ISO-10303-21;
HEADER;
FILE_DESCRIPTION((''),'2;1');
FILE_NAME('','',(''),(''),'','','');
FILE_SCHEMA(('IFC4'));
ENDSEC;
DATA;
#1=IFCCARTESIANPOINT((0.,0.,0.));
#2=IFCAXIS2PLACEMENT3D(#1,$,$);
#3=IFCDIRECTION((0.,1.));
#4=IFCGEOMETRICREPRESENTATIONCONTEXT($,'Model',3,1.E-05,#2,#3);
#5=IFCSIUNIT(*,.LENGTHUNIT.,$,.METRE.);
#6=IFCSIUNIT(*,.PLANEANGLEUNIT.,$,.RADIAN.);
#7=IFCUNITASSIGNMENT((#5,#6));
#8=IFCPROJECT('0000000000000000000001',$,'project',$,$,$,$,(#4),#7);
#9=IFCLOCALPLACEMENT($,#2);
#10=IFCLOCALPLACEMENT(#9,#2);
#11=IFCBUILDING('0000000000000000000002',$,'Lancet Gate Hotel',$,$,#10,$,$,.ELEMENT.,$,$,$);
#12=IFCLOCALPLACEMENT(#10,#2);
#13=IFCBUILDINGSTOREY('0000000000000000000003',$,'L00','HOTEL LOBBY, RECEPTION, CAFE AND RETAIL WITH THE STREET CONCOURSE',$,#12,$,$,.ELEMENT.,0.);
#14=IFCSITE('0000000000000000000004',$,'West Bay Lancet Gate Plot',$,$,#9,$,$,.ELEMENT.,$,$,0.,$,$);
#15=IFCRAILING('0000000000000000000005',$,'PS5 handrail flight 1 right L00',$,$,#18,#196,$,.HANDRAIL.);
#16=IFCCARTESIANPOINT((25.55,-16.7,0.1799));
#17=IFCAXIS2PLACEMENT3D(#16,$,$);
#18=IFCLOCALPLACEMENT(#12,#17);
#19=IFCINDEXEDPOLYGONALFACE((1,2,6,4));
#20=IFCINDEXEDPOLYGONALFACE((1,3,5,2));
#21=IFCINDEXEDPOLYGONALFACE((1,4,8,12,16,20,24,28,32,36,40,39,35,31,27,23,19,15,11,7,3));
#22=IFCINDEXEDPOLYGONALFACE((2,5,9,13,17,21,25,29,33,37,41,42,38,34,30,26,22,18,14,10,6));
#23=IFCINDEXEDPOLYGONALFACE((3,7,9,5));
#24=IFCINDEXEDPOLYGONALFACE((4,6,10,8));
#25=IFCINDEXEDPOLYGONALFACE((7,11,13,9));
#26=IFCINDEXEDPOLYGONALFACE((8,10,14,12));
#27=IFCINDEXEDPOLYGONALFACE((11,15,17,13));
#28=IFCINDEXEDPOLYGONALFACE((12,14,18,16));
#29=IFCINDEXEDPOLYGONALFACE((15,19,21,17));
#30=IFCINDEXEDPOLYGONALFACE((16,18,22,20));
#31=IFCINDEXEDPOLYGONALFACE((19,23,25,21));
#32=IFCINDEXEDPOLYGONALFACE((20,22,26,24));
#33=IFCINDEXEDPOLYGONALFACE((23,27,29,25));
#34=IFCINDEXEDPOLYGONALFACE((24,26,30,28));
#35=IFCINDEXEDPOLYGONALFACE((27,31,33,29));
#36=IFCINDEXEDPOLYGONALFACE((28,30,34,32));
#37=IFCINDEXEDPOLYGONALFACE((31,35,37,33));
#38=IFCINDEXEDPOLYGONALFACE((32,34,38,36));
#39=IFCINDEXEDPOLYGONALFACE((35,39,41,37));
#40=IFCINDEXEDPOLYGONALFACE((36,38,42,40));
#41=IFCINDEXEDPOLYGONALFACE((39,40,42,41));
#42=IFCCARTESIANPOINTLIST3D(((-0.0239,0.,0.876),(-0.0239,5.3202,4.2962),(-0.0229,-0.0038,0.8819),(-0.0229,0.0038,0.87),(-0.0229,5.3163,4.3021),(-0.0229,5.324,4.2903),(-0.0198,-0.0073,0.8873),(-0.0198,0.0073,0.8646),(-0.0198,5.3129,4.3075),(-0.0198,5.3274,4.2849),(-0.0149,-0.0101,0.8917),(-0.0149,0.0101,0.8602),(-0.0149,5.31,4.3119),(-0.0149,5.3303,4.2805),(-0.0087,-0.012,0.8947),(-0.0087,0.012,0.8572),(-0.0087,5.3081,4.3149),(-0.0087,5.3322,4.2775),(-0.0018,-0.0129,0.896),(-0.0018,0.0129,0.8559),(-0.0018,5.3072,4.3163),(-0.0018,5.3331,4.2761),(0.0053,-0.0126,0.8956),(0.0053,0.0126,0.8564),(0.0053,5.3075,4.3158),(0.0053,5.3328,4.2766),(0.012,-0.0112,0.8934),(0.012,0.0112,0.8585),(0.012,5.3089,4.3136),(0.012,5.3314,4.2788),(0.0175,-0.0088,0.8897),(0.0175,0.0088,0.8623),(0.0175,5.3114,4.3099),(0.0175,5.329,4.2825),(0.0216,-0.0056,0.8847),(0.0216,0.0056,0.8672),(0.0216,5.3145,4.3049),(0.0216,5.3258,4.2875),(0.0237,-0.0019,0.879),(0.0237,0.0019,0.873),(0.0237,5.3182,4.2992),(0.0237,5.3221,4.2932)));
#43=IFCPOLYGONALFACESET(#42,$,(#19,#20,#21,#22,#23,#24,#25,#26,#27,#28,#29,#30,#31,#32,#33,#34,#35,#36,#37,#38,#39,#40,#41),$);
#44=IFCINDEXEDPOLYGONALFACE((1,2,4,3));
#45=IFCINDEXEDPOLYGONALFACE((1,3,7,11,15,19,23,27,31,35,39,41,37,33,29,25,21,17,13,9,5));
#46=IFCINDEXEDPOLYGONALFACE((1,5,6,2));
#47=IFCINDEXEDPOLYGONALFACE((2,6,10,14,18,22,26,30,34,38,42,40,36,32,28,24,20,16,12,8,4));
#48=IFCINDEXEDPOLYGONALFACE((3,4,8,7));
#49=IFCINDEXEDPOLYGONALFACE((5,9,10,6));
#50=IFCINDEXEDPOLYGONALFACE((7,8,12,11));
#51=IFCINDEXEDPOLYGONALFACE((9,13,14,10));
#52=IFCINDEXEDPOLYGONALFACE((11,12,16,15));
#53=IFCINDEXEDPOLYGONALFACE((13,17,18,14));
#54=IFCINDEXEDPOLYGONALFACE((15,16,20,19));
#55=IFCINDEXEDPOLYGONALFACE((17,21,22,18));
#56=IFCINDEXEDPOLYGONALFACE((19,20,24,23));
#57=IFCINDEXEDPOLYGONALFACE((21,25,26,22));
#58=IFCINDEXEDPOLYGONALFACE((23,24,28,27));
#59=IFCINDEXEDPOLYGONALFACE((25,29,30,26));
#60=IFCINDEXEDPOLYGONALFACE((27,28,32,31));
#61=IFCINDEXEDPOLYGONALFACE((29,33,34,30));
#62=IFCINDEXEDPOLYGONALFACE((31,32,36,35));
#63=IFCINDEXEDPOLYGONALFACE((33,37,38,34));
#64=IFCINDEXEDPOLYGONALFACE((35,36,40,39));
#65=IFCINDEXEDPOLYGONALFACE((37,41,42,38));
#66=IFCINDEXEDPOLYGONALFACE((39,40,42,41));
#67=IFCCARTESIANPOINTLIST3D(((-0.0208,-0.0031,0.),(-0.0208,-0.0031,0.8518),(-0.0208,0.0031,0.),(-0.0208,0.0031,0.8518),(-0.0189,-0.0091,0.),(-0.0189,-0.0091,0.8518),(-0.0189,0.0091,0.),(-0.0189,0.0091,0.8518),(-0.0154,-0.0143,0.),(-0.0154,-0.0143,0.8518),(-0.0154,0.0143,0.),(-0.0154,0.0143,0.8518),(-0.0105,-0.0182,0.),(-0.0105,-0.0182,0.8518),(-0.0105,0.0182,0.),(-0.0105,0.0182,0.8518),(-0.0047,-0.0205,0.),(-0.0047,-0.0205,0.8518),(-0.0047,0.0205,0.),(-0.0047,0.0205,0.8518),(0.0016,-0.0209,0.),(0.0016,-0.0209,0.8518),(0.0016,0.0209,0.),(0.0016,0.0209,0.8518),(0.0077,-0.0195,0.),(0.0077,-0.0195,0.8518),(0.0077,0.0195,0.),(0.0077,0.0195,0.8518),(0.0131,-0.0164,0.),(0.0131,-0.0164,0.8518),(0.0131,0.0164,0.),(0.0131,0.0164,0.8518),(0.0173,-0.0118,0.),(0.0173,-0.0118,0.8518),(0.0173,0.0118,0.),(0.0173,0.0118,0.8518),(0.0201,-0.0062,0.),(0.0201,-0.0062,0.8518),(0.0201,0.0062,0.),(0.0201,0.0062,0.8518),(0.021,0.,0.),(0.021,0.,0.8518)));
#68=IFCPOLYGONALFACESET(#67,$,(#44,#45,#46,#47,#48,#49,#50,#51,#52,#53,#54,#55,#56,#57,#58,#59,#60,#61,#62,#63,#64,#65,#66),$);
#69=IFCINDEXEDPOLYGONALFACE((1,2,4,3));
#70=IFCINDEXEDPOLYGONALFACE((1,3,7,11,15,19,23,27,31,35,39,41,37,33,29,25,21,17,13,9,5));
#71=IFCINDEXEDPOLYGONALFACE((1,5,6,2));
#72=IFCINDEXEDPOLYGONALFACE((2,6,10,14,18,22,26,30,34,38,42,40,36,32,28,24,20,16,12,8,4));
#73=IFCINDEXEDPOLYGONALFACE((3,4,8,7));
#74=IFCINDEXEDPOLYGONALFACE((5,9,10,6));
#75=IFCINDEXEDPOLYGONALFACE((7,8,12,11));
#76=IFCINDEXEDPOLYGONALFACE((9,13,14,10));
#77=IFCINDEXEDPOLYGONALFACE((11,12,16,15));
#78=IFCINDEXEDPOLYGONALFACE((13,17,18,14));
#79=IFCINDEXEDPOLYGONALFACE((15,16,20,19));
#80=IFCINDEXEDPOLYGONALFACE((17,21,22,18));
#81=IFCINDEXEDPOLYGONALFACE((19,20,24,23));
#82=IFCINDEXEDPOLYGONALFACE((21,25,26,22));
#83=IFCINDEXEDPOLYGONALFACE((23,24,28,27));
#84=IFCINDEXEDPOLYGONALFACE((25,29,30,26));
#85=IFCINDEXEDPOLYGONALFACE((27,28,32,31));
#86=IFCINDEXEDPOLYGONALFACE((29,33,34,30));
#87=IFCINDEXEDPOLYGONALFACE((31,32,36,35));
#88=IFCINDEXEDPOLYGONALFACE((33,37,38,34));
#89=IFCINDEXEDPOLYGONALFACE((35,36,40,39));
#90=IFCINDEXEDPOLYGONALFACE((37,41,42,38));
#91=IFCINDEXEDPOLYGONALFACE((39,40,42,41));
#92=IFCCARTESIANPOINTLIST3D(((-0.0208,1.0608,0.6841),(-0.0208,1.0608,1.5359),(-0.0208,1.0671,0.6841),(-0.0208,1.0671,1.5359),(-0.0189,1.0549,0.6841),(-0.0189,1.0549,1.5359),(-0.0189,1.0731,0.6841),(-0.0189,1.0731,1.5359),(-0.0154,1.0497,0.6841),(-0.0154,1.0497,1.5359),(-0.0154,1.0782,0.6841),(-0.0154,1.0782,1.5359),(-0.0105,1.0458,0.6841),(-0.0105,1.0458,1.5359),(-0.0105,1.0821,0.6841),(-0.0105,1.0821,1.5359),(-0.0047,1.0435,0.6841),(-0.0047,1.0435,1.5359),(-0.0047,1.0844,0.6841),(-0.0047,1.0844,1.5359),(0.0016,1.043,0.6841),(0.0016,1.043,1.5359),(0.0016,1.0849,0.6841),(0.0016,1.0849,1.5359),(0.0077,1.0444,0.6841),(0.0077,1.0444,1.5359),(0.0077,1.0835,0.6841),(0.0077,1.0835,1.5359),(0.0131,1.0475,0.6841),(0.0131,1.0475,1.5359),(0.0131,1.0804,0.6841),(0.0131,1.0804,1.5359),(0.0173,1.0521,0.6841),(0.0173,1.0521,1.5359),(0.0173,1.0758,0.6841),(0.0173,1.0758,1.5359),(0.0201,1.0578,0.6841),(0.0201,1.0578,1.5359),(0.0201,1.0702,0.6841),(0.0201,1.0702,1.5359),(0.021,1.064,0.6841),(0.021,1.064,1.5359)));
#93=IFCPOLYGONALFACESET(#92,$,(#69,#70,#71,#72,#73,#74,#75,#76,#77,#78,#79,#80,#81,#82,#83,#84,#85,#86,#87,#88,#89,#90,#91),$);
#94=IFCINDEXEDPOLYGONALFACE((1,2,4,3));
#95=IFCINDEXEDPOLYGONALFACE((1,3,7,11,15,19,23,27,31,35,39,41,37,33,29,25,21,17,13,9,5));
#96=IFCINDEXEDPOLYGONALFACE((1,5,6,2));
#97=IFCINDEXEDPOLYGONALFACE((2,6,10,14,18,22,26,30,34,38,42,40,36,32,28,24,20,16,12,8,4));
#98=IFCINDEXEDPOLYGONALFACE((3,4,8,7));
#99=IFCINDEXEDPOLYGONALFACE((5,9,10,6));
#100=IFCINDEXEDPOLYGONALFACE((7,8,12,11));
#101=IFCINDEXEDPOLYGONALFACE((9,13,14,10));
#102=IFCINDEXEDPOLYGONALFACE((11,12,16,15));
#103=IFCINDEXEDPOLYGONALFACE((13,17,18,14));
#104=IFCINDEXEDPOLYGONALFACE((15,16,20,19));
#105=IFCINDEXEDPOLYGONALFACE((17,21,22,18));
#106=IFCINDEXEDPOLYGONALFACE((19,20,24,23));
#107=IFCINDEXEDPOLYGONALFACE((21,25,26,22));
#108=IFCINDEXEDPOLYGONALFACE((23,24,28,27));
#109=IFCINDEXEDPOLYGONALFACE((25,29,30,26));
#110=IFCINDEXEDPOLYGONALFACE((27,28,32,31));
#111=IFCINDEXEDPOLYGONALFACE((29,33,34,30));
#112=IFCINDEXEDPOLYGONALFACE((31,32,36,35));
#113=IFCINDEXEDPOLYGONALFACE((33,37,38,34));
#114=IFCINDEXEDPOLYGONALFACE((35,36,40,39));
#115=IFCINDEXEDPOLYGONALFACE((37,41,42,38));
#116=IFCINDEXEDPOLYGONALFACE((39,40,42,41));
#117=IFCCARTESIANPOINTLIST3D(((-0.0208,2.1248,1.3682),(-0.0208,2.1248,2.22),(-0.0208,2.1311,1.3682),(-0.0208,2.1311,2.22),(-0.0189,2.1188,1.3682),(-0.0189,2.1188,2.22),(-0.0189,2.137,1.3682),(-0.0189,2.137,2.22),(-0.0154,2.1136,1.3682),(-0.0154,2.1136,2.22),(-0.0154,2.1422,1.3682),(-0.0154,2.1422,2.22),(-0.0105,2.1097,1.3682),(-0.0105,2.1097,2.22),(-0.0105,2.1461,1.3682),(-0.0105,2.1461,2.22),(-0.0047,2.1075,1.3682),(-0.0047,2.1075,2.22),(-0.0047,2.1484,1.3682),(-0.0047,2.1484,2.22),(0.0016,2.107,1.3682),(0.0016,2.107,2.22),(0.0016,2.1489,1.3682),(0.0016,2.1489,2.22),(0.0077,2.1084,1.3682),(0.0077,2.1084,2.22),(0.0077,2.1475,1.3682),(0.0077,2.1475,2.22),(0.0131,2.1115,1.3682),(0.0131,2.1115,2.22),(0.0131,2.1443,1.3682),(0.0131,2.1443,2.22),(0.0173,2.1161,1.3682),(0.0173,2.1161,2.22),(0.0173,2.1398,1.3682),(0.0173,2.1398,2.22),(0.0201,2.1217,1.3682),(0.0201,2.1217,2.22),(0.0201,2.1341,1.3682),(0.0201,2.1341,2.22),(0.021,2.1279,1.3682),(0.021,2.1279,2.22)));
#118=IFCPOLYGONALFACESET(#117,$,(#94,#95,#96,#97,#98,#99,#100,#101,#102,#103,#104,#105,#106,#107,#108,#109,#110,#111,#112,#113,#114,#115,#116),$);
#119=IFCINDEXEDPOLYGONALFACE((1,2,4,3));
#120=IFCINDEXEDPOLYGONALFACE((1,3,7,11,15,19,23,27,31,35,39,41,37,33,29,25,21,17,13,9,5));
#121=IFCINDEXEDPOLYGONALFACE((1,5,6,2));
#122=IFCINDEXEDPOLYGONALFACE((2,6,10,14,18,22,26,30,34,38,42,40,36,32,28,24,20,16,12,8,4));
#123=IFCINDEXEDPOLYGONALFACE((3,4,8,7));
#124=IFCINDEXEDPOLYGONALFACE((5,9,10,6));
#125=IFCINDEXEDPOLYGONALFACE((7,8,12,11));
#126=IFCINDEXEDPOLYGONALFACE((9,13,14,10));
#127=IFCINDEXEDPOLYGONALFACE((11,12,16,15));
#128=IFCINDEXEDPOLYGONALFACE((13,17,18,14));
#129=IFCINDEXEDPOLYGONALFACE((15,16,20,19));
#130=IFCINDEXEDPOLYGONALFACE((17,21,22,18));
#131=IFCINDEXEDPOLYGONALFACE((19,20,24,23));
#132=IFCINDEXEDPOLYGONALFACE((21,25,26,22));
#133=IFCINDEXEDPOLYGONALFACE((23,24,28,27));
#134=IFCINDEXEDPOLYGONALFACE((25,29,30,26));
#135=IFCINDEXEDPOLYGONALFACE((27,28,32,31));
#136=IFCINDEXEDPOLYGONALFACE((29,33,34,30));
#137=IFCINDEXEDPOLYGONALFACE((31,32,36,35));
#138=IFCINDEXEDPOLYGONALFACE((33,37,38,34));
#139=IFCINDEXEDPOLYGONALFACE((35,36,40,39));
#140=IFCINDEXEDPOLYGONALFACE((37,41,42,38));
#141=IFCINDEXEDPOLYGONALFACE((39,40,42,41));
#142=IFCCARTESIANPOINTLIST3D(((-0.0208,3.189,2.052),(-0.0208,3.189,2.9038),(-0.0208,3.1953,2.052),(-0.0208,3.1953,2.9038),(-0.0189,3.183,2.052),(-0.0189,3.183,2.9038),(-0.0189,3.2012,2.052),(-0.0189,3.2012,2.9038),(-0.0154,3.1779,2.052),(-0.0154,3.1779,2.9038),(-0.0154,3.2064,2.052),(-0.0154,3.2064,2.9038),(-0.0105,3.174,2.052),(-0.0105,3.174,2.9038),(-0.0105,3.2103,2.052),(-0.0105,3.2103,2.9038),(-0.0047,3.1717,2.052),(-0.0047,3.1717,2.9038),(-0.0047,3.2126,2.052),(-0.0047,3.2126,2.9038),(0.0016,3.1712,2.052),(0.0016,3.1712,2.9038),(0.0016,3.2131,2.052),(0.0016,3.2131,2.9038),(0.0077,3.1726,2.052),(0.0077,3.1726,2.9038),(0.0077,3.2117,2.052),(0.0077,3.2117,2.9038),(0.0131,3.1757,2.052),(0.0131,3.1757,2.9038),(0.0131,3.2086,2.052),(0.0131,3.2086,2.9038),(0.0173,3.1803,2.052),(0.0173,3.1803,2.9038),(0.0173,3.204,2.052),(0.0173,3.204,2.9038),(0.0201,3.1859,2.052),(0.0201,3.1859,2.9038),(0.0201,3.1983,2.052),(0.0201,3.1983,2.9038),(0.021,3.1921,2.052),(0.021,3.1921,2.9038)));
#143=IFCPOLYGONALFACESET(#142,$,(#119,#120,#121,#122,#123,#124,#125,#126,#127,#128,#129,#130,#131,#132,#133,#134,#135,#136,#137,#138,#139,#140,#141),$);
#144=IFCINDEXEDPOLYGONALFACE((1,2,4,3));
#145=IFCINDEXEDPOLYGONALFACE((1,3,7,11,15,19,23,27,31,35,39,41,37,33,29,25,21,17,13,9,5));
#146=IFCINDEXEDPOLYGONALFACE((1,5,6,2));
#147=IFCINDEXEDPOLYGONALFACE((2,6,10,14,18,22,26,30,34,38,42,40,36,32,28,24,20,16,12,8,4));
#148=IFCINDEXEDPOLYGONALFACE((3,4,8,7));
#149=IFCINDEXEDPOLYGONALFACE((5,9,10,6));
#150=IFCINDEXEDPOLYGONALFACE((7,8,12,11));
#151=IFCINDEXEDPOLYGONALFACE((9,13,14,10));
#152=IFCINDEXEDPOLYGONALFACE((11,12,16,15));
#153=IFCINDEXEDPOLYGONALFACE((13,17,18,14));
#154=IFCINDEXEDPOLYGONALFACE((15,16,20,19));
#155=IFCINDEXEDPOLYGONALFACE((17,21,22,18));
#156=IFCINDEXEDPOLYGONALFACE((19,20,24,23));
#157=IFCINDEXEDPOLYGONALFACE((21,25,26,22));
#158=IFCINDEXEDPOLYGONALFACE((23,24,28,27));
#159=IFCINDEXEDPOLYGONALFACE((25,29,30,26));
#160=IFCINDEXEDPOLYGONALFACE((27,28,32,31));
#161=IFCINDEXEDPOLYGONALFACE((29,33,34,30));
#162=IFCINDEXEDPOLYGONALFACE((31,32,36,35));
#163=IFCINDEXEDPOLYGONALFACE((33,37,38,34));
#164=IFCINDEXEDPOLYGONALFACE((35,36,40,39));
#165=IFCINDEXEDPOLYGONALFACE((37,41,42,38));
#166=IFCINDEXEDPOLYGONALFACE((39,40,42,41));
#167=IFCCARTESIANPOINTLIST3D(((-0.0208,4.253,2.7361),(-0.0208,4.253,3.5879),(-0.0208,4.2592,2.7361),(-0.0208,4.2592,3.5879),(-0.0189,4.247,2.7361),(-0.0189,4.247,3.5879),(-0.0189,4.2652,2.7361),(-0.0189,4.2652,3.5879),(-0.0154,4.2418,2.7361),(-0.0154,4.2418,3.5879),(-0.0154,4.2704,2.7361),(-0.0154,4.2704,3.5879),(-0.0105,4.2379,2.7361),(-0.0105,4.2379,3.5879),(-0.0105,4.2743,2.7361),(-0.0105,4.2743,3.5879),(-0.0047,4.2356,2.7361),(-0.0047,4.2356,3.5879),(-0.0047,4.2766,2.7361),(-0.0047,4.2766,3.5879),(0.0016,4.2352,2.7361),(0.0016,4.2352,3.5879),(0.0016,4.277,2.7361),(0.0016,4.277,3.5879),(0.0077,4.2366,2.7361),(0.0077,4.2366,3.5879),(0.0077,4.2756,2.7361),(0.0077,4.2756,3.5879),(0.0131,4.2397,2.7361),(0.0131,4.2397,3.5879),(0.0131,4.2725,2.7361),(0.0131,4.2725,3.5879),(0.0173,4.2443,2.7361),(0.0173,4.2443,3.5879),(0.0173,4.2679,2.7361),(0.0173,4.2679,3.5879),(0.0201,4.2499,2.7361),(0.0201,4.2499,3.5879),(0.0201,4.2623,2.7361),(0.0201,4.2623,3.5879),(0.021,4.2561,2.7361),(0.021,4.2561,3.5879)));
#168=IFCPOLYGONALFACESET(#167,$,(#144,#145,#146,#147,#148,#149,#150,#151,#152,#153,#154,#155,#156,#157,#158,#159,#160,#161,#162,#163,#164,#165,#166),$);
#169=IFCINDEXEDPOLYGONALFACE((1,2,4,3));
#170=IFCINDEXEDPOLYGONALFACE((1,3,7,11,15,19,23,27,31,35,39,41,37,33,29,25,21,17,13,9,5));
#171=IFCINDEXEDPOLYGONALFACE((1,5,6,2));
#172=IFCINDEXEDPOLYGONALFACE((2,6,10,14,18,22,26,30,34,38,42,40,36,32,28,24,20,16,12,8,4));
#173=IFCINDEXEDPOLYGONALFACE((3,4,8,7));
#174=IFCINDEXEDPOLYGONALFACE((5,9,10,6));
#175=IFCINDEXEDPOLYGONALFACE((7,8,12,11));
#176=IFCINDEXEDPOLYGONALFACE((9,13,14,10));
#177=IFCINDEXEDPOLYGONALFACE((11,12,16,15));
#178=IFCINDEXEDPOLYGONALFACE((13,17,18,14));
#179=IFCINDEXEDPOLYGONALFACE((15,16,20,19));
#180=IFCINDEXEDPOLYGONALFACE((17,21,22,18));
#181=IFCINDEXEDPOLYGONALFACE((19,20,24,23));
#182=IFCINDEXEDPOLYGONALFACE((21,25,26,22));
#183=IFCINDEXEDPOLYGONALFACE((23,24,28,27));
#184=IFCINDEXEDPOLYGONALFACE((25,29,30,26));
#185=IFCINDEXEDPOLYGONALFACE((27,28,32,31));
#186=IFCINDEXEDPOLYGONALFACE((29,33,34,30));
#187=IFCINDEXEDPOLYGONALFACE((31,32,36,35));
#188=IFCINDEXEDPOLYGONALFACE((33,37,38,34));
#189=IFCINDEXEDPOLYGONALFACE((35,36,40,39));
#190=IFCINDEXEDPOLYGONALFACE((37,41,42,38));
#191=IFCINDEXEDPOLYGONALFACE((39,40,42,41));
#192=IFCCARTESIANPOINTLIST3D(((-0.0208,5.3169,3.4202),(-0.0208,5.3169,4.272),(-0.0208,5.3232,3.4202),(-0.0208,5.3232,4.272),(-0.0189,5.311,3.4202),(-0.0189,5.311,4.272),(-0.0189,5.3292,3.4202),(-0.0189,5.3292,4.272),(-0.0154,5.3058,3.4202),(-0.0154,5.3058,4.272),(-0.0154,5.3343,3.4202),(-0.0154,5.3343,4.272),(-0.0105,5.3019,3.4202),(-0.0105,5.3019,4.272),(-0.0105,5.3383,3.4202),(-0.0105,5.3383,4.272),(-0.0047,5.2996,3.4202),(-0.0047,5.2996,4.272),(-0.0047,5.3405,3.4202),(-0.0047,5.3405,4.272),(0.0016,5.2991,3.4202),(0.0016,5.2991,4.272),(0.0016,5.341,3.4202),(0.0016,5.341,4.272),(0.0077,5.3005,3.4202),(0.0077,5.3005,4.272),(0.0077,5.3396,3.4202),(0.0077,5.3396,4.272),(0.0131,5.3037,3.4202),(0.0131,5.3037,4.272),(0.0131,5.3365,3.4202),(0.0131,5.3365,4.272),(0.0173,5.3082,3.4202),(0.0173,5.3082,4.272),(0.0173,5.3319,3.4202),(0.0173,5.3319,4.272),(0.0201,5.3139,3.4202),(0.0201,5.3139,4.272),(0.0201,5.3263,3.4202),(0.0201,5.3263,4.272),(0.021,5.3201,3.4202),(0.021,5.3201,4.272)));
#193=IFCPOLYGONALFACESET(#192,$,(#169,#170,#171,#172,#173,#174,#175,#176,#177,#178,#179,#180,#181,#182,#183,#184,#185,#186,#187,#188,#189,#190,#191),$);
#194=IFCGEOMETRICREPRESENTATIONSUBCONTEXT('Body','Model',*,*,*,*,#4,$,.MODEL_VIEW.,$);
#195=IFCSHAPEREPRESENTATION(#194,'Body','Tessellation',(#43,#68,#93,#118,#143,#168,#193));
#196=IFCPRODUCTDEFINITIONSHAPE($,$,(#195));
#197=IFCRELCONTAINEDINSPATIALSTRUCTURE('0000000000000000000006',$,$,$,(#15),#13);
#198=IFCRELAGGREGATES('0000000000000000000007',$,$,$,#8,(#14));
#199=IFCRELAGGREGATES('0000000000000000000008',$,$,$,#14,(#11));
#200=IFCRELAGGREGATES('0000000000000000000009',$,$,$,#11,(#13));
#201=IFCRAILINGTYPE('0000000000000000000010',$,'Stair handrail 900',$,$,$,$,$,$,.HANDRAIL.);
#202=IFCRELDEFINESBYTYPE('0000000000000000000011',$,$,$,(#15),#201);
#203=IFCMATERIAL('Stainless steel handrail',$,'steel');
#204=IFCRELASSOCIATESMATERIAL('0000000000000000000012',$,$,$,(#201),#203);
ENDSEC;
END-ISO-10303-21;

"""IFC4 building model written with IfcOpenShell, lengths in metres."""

from ifc_helpers import new_model, si_unit, direction, frame, origin, origin_2d, place, context, subcontext, project, spatial, circle, extrude, material, type_object, element, save


model = new_model("IFC4")

# Units and contexts
model_context = context("Model", 3, precision=1e-05, world=origin(), true_north=direction((0.0, 1.0)))
body_context = subcontext(model_context, "Body", "Model", "MODEL_VIEW")
ifc_project = project(units=[si_unit("LENGTHUNIT", "METRE"), si_unit("PLANEANGLEUNIT", "RADIAN")], contexts=[model_context])

# Site, building, storey
site_placement = place(None, origin())
site = spatial("IfcSite", under=ifc_project, at=site_placement, Name="West Bay Lancet Gate Plot", CompositionType="ELEMENT", RefElevation=0.0)
building_placement = place(site_placement, origin())
building = spatial("IfcBuilding", under=site, at=building_placement, Name="Lancet Gate Hotel", CompositionType="ELEMENT")
storey_placement = place(building_placement, origin())
storey = spatial("IfcBuildingStorey", under=building, at=storey_placement, Name="L00", Description="HOTEL LOBBY, RECEPTION, CAFE AND RETAIL WITH THE STREET CONCOURSE", CompositionType="ELEMENT", Elevation=0.0)

# Railing
ifc_material_1 = material(Name="Stainless steel handrail", Category="steel")
railing_type_1 = type_object("IfcRailingType", Name="Stair handrail 900", PredefinedType="HANDRAIL", material=ifc_material_1)
for number, where, name in (
    (1, (25.55, -16.7, 0.1799), "PS5 handrail flight 1 right L00"),
):
    element("IfcRailing", number, at=place(storey_placement, frame(where)), inside=storey, type_object=railing_type_1, Name=name, PredefinedType="HANDRAIL", context=body_context, shape_type="SweptSolid", body=[
        extrude(circle(Radius=0.0239, at=origin_2d()), frame((0.0, 0.0, 0.876), z_axis=(0.0, 0.84117, 0.540771), x_axis=(-1.0, 0.0, 0.0)), (0.0, 0.0, 1.0), 6.3247),
        extrude(circle(Radius=0.021, at=origin_2d()), origin(), (0.0, 0.0, 1.0), 0.8518),
        extrude(circle(Radius=0.021, at=origin_2d()), frame((0.0, 1.064, 0.6841)), (0.0, 0.0, 1.0), 0.8518),
        extrude(circle(Radius=0.021, at=origin_2d()), frame((0.0, 2.1279, 1.3682)), (0.0, 0.0, 1.0), 0.8518),
        extrude(circle(Radius=0.021, at=origin_2d()), frame((0.0, 3.1921, 2.052)), (0.0, 0.0, 1.0), 0.8518),
        extrude(circle(Radius=0.021, at=origin_2d()), frame((0.0, 4.2561, 2.7361)), (0.0, 0.0, 1.0), 0.8518),
        extrude(circle(Radius=0.021, at=origin_2d()), frame((0.0, 5.3201, 3.4202)), (0.0, 0.0, 1.0), 0.8518),
    ])

save(model, "model.ifc")
